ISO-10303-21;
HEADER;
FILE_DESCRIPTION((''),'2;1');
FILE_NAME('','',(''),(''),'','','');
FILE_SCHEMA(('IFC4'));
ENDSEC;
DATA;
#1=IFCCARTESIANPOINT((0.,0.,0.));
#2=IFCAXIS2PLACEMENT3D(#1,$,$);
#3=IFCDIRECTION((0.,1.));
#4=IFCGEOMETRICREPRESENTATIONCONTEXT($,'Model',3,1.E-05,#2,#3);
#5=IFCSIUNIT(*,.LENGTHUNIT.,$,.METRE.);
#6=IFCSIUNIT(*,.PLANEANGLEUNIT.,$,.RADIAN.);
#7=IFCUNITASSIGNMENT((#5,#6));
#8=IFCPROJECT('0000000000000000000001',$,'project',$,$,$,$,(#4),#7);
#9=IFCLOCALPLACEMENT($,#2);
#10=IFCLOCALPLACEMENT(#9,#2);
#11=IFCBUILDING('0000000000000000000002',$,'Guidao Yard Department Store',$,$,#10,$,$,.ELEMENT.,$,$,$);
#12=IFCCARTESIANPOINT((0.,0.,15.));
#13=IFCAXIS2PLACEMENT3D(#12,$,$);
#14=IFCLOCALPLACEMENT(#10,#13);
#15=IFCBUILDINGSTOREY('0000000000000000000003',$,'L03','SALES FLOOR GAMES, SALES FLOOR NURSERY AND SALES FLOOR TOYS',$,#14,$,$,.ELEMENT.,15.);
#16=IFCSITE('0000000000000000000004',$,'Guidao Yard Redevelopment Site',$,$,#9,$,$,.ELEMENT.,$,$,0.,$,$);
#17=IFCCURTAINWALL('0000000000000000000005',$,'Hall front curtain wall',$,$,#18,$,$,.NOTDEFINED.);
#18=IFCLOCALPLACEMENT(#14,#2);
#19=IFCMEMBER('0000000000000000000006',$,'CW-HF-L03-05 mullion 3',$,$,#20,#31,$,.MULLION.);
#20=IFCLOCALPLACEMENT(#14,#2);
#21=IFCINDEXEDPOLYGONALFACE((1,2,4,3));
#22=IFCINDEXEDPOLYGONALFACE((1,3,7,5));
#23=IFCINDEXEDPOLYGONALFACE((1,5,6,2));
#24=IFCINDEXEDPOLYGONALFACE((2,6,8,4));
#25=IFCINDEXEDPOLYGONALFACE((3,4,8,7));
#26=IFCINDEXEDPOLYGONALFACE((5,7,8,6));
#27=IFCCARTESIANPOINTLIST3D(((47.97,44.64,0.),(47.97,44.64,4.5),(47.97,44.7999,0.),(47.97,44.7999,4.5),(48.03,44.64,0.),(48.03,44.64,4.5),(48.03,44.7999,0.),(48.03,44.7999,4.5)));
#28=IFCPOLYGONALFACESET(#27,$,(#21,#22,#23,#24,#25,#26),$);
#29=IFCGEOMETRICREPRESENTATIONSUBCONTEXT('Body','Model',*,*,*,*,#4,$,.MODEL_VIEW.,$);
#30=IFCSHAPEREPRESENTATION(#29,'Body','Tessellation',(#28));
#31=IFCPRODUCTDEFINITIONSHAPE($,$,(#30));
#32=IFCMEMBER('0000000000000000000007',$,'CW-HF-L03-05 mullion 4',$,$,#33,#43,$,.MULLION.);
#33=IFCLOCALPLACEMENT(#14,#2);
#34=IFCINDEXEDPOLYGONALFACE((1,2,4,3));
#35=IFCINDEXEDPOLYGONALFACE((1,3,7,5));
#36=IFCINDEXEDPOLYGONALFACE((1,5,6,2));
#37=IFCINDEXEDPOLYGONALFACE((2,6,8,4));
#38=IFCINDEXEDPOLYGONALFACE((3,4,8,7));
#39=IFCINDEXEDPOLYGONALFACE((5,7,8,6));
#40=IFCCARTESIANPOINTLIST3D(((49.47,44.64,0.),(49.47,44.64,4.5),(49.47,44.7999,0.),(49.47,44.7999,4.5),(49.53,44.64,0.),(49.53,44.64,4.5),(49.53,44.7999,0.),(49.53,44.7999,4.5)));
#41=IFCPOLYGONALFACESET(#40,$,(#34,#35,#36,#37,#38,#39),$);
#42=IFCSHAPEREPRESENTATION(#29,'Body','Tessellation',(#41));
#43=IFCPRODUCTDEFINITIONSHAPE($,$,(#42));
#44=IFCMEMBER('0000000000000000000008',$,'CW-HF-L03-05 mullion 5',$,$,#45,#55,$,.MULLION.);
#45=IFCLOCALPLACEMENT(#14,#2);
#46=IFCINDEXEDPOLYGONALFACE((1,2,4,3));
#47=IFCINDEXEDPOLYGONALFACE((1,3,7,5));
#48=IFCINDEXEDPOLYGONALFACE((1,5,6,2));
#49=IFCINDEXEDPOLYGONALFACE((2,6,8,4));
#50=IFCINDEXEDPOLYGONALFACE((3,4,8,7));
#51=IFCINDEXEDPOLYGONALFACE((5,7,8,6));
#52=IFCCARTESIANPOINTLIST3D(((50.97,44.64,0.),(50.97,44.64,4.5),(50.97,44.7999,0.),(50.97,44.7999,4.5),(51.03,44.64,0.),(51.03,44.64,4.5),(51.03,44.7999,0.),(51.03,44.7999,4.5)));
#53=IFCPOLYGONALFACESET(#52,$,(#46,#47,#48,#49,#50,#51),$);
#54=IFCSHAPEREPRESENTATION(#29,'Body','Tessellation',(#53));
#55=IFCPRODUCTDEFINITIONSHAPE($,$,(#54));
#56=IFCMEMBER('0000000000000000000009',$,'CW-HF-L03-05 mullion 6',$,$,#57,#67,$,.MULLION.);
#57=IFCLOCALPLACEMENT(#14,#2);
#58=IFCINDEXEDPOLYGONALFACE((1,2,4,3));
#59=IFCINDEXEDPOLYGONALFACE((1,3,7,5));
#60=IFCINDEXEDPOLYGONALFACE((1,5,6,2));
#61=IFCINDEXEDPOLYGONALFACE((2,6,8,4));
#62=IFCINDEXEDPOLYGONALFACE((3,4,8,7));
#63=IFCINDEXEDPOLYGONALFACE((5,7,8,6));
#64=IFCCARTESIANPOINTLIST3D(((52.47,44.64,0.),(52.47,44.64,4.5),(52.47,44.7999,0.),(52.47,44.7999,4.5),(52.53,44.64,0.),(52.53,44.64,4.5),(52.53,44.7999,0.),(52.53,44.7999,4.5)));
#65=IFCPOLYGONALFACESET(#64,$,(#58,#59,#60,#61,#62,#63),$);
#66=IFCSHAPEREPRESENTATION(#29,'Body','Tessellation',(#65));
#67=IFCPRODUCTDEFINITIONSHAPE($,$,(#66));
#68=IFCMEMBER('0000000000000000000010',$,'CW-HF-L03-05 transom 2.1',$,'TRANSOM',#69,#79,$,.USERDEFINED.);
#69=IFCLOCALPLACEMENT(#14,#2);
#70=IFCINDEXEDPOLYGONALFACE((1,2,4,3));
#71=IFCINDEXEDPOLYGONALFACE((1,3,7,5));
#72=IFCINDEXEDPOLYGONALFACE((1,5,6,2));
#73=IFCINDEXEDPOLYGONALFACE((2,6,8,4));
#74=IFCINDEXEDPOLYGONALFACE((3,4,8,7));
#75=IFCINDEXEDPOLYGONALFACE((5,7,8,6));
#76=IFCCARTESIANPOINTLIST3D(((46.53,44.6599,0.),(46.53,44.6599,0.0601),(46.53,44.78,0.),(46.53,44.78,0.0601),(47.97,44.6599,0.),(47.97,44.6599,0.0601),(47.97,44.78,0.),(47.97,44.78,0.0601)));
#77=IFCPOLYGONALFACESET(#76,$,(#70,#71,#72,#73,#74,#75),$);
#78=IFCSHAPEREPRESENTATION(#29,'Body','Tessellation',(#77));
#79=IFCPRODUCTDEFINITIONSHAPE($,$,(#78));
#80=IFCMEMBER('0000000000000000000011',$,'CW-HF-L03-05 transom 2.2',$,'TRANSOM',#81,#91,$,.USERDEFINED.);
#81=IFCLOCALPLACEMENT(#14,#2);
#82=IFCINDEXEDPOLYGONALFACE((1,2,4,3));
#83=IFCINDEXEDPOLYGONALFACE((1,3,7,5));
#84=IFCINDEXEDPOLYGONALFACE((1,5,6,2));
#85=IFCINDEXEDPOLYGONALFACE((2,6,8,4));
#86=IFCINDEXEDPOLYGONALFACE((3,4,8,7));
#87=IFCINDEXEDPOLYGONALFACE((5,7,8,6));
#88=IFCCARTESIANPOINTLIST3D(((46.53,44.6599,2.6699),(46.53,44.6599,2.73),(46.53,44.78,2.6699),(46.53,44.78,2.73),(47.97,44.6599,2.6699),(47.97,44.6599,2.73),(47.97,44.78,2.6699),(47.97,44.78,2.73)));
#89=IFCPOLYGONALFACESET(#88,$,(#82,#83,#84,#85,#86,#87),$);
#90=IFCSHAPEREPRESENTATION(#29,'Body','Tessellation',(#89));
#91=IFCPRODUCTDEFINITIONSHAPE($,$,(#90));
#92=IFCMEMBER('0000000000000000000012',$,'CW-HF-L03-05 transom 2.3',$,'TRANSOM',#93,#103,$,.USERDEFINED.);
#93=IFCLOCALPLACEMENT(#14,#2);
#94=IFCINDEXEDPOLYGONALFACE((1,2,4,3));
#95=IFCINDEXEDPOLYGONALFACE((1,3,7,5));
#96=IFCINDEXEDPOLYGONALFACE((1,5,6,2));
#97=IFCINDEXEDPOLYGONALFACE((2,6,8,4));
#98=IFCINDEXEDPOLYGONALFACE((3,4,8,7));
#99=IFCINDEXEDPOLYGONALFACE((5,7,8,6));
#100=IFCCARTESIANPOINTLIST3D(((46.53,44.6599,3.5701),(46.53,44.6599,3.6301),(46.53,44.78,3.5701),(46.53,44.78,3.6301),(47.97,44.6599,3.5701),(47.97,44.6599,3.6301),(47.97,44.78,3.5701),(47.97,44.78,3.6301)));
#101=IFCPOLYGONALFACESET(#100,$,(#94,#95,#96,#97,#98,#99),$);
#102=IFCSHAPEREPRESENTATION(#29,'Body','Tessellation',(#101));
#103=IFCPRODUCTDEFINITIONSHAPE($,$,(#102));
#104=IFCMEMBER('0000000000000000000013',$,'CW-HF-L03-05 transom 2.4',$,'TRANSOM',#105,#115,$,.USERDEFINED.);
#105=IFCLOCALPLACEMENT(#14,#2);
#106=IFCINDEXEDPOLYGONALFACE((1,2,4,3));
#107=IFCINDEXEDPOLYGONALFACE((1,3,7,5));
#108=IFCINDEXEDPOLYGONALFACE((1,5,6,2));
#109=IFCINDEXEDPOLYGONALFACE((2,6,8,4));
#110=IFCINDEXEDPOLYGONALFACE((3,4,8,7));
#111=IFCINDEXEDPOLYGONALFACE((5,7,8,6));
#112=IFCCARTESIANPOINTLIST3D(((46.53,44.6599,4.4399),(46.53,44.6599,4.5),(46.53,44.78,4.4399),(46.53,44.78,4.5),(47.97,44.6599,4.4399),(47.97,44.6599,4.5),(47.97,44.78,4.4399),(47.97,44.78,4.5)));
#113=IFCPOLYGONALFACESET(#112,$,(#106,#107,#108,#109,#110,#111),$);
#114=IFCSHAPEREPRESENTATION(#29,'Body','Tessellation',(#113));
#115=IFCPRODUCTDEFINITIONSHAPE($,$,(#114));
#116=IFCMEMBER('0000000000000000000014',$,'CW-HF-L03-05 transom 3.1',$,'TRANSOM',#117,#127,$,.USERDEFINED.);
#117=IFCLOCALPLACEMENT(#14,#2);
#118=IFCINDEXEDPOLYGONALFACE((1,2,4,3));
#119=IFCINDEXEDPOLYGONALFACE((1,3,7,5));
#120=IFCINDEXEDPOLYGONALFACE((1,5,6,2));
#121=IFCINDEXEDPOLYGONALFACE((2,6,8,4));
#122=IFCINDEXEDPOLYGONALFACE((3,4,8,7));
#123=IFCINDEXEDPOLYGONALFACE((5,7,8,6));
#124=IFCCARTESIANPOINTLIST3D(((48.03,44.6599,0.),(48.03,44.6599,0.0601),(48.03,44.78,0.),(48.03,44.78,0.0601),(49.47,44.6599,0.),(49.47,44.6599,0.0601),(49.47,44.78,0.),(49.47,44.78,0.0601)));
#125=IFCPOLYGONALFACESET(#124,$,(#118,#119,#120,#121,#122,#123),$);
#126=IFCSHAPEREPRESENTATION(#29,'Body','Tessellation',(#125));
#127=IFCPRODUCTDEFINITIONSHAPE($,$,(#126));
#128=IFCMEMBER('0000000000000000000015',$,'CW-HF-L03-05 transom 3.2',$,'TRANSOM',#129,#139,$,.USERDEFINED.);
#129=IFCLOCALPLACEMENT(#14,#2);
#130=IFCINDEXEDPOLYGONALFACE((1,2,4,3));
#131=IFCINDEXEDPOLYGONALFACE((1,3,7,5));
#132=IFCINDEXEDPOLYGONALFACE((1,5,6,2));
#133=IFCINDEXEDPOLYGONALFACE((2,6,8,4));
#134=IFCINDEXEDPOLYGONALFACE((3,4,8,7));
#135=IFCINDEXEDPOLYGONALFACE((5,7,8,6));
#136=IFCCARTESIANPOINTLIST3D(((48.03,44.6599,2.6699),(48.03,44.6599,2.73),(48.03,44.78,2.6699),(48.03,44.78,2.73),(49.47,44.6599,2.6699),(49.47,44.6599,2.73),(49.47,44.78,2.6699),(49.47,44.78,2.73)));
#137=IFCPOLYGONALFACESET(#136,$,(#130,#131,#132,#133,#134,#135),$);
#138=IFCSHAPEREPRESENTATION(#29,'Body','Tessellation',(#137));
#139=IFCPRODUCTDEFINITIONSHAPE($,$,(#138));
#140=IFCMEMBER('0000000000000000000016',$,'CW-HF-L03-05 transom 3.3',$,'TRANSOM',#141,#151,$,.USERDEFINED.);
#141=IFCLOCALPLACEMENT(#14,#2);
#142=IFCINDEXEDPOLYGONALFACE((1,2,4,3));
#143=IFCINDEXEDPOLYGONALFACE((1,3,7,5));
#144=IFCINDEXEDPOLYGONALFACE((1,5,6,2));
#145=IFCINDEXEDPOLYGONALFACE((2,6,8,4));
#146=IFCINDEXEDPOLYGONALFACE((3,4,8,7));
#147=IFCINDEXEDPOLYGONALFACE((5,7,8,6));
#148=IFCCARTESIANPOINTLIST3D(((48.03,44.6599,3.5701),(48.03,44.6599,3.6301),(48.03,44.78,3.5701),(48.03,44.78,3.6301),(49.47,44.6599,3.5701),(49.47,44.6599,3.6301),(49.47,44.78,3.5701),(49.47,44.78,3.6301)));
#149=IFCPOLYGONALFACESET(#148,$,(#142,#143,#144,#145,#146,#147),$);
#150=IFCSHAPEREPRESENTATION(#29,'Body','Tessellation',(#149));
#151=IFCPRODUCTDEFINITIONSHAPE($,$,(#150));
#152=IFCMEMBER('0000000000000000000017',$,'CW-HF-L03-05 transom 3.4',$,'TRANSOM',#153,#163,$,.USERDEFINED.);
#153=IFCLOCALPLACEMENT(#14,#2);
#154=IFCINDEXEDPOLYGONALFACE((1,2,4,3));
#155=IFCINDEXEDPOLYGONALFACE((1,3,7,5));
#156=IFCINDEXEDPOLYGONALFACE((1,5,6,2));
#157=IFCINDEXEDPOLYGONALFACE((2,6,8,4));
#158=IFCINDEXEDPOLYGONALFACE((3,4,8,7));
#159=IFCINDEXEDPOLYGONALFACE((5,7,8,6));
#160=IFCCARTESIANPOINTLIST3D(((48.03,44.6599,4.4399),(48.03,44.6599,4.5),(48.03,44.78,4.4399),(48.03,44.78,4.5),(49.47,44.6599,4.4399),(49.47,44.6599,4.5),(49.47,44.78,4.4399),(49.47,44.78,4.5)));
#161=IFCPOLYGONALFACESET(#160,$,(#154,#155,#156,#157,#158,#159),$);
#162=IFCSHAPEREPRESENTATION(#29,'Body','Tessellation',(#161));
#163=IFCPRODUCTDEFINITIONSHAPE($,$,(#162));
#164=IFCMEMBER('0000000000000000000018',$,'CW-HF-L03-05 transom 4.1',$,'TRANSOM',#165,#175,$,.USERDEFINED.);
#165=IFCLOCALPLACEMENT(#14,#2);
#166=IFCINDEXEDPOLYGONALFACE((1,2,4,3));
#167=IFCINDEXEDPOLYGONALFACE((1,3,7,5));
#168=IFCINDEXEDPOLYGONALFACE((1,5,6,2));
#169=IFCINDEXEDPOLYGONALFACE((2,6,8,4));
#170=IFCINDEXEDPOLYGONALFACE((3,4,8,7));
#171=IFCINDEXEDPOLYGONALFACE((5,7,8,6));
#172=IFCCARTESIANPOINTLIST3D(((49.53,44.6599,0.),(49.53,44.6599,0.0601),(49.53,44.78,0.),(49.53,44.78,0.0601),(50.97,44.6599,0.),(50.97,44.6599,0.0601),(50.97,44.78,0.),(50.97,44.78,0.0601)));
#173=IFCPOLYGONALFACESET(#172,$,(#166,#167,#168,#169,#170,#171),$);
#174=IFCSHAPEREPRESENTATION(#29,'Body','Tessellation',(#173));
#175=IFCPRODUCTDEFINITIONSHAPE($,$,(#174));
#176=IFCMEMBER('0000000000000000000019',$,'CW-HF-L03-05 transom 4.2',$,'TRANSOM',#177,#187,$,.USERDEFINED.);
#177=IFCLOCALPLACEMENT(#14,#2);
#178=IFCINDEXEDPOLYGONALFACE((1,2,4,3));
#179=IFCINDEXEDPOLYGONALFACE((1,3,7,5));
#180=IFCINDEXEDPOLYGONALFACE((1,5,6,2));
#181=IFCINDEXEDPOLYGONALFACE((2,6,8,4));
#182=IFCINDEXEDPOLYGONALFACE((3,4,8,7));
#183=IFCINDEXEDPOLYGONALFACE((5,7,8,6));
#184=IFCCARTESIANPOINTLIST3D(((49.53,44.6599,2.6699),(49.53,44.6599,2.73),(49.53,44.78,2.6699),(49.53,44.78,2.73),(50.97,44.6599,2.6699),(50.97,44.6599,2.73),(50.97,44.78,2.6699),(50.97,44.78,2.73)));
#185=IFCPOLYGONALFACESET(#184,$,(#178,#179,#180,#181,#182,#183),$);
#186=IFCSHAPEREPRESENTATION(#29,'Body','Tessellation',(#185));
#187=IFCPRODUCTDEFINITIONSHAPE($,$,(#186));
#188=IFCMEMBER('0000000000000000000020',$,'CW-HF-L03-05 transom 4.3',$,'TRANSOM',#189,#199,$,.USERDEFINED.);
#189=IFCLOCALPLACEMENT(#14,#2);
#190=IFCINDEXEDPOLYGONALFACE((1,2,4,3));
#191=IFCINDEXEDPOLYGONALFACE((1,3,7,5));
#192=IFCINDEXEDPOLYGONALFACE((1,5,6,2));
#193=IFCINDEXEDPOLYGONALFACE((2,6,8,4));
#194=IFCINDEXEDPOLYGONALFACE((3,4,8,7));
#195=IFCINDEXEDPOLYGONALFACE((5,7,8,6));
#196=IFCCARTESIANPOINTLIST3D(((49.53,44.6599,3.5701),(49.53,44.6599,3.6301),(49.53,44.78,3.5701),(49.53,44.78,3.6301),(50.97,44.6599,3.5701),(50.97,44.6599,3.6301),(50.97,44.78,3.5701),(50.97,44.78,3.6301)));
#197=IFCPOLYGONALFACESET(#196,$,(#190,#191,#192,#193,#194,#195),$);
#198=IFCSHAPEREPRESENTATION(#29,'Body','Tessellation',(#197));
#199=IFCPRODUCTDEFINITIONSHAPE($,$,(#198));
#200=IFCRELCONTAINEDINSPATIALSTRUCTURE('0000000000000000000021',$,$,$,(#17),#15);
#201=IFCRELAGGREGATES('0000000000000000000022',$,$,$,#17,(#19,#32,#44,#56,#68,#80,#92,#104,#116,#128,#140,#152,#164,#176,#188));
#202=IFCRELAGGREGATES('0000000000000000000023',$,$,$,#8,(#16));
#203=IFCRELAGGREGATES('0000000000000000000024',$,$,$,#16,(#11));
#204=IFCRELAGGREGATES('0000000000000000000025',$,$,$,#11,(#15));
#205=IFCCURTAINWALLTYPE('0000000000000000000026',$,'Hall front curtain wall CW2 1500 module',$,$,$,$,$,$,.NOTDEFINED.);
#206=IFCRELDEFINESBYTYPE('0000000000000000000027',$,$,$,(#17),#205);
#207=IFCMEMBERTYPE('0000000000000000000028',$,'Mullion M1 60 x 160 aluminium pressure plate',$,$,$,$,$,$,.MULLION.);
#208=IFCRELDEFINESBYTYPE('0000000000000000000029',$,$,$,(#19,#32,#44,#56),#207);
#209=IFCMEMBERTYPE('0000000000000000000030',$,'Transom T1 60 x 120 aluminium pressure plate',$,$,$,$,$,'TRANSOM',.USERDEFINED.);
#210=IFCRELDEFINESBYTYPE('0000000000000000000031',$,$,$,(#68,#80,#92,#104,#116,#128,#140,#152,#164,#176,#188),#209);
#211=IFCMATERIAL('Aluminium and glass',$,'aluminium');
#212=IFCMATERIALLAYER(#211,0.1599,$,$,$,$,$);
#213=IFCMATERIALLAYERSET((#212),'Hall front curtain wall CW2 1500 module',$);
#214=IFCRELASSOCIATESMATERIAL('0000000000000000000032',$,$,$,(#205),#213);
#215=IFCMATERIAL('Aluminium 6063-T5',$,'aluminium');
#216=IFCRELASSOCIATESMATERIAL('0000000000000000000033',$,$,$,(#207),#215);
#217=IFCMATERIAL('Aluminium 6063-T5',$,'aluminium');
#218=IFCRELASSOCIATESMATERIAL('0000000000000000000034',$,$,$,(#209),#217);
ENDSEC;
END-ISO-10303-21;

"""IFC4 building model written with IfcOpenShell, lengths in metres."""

from ifc_helpers import new_model, si_unit, direction, frame, origin, origin_2d, place, context, subcontext, project, spatial, rectangle, extrude, material, layer, layer_set, material_profile, profile_set, type_object, element, aggregate, save


model = new_model("IFC4")

# Units and contexts
model_context = context("Model", 3, precision=1e-05, world=origin(), true_north=direction((0.0, 1.0)))
body_context = subcontext(model_context, "Body", "Model", "MODEL_VIEW")
ifc_project = project(units=[si_unit("LENGTHUNIT", "METRE"), si_unit("PLANEANGLEUNIT", "RADIAN")], contexts=[model_context])

# Site, building, storey
site_placement = place(None, origin())
site = spatial("IfcSite", under=ifc_project, at=site_placement, Name="Guidao Yard Redevelopment Site", CompositionType="ELEMENT", RefElevation=0.0)
building_placement = place(site_placement, origin())
building = spatial("IfcBuilding", under=site, at=building_placement, Name="Guidao Yard Department Store", CompositionType="ELEMENT")
storey_placement = place(building_placement, frame((0.0, 0.0, 15.0)))
storey = spatial("IfcBuildingStorey", under=building, at=storey_placement, Name="L03", Description="SALES FLOOR GAMES, SALES FLOOR NURSERY AND SALES FLOOR TOYS", CompositionType="ELEMENT", Elevation=15.0)

# Curtain wall, members
ifc_material_1 = material(Name="Aluminium and glass", Category="aluminium")
ifc_layer_1 = layer(ifc_material_1, 0.1599)
ifc_layer_set_1 = layer_set([ifc_layer_1], Name="Hall front curtain wall CW2 1500 module")
curtain_wall_type = type_object("IfcCurtainWallType", Name="Hall front curtain wall CW2 1500 module", PredefinedType="NOTDEFINED", material=ifc_layer_set_1)
curtain_wall_placement = place(storey_placement, origin())
curtain_wall = element("IfcCurtainWall", 1, at=curtain_wall_placement, inside=storey, type_object=curtain_wall_type, Name="Hall front curtain wall", PredefinedType="NOTDEFINED")
ifc_material_2 = material(Name="Aluminium 6063-T5", Category="aluminium")
ifc_material_profile_1 = material_profile(ifc_material_2, rectangle(XDim=0.0601, YDim=0.1599, at=origin_2d()), Name="Mullion M1 60 x 160 aluminium pressure plate")
ifc_profile_set_1 = profile_set([ifc_material_profile_1], Name="Aluminium 6063-T5")
member_type_1 = type_object("IfcMemberType", Name="Mullion M1 60 x 160 aluminium pressure plate", PredefinedType="MULLION", material=ifc_profile_set_1)
member_1_placement = place(storey_placement, frame((48.0, 44.72, 0.0), z_axis=(0.0, 0.0, 1.0), x_axis=(-1.0, 0.0, 0.0)))
member_1 = element("IfcMember", 2, at=member_1_placement, type_object=member_type_1, Name="CW-HF-L03-05 mullion 3", PredefinedType="MULLION", context=body_context, shape_type="SweptSolid", body=[
    extrude(rectangle(XDim=0.0601, YDim=0.1599, at=origin_2d()), origin(), (0.0, 0.0, 1.0), 4.5),
])
member_2_placement = place(storey_placement, frame((49.5, 44.72, 0.0), z_axis=(0.0, 0.0, 1.0), x_axis=(-1.0, 0.0, 0.0)))
member_2 = element("IfcMember", 3, at=member_2_placement, type_object=member_type_1, Name="CW-HF-L03-05 mullion 4", PredefinedType="MULLION", context=body_context, shape_type="SweptSolid", body=[
    extrude(rectangle(XDim=0.0601, YDim=0.1599, at=origin_2d()), origin(), (0.0, 0.0, 1.0), 4.5),
])
member_3_placement = place(storey_placement, frame((51.0, 44.72, 0.0), z_axis=(0.0, 0.0, 1.0), x_axis=(-1.0, 0.0, 0.0)))
member_3 = element("IfcMember", 4, at=member_3_placement, type_object=member_type_1, Name="CW-HF-L03-05 mullion 5", PredefinedType="MULLION", context=body_context, shape_type="SweptSolid", body=[
    extrude(rectangle(XDim=0.0601, YDim=0.1599, at=origin_2d()), origin(), (0.0, 0.0, 1.0), 4.5),
])
member_4_placement = place(storey_placement, frame((52.5, 44.72, 0.0), z_axis=(0.0, 0.0, 1.0), x_axis=(-1.0, 0.0, 0.0)))
member_4 = element("IfcMember", 5, at=member_4_placement, type_object=member_type_1, Name="CW-HF-L03-05 mullion 6", PredefinedType="MULLION", context=body_context, shape_type="SweptSolid", body=[
    extrude(rectangle(XDim=0.0601, YDim=0.1599, at=origin_2d()), origin(), (0.0, 0.0, 1.0), 4.5),
])
ifc_material_3 = material(Name="Aluminium 6063-T5", Category="aluminium")
ifc_material_profile_2 = material_profile(ifc_material_3, rectangle(XDim=0.1201, YDim=0.0601, at=origin_2d()), Name="Transom T1 60 x 120 aluminium pressure plate")
ifc_profile_set_2 = profile_set([ifc_material_profile_2], Name="Aluminium 6063-T5")
member_type_2 = type_object("IfcMemberType", Name="Transom T1 60 x 120 aluminium pressure plate", ElementType="TRANSOM", PredefinedType="USERDEFINED", material=ifc_profile_set_2)
member_5_placement = place(storey_placement, frame((47.97, 44.72, 0.03), z_axis=(-1.0, 0.0, 0.0), x_axis=(0.0, -1.0, 0.0)))
member_5 = element("IfcMember", 6, at=member_5_placement, type_object=member_type_2, Name="CW-HF-L03-05 transom 2.1", ObjectType="TRANSOM", PredefinedType="USERDEFINED", context=body_context, shape_type="SweptSolid", body=[
    extrude(rectangle(XDim=0.1201, YDim=0.0601, at=origin_2d()), origin(), (0.0, 0.0, 1.0), 1.4399),
])
member_6_placement = place(storey_placement, frame((47.97, 44.72, 2.7), z_axis=(-1.0, 0.0, 0.0), x_axis=(0.0, -1.0, 0.0)))
member_6 = element("IfcMember", 7, at=member_6_placement, type_object=member_type_2, Name="CW-HF-L03-05 transom 2.2", ObjectType="TRANSOM", PredefinedType="USERDEFINED", context=body_context, shape_type="SweptSolid", body=[
    extrude(rectangle(XDim=0.1201, YDim=0.0601, at=origin_2d()), origin(), (0.0, 0.0, 1.0), 1.4399),
])
member_7_placement = place(storey_placement, frame((47.97, 44.72, 3.6001), z_axis=(-1.0, 0.0, 0.0), x_axis=(0.0, -1.0, 0.0)))
member_7 = element("IfcMember", 8, at=member_7_placement, type_object=member_type_2, Name="CW-HF-L03-05 transom 2.3", ObjectType="TRANSOM", PredefinedType="USERDEFINED", context=body_context, shape_type="SweptSolid", body=[
    extrude(rectangle(XDim=0.1201, YDim=0.0601, at=origin_2d()), origin(), (0.0, 0.0, 1.0), 1.4399),
])
member_8_placement = place(storey_placement, frame((47.97, 44.72, 4.47), z_axis=(-1.0, 0.0, 0.0), x_axis=(0.0, -1.0, 0.0)))
member_8 = element("IfcMember", 9, at=member_8_placement, type_object=member_type_2, Name="CW-HF-L03-05 transom 2.4", ObjectType="TRANSOM", PredefinedType="USERDEFINED", context=body_context, shape_type="SweptSolid", body=[
    extrude(rectangle(XDim=0.1201, YDim=0.0601, at=origin_2d()), origin(), (0.0, 0.0, 1.0), 1.4399),
])
member_9_placement = place(storey_placement, frame((49.47, 44.72, 0.03), z_axis=(-1.0, 0.0, 0.0), x_axis=(0.0, -1.0, 0.0)))
member_9 = element("IfcMember", 10, at=member_9_placement, type_object=member_type_2, Name="CW-HF-L03-05 transom 3.1", ObjectType="TRANSOM", PredefinedType="USERDEFINED", context=body_context, shape_type="SweptSolid", body=[
    extrude(rectangle(XDim=0.1201, YDim=0.0601, at=origin_2d()), origin(), (0.0, 0.0, 1.0), 1.4399),
])
member_10_placement = place(storey_placement, frame((49.47, 44.72, 2.7), z_axis=(-1.0, 0.0, 0.0), x_axis=(0.0, -1.0, 0.0)))
member_10 = element("IfcMember", 11, at=member_10_placement, type_object=member_type_2, Name="CW-HF-L03-05 transom 3.2", ObjectType="TRANSOM", PredefinedType="USERDEFINED", context=body_context, shape_type="SweptSolid", body=[
    extrude(rectangle(XDim=0.1201, YDim=0.0601, at=origin_2d()), origin(), (0.0, 0.0, 1.0), 1.4399),
])
member_11_placement = place(storey_placement, frame((49.47, 44.72, 3.6001), z_axis=(-1.0, 0.0, 0.0), x_axis=(0.0, -1.0, 0.0)))
member_11 = element("IfcMember", 12, at=member_11_placement, type_object=member_type_2, Name="CW-HF-L03-05 transom 3.3", ObjectType="TRANSOM", PredefinedType="USERDEFINED", context=body_context, shape_type="SweptSolid", body=[
    extrude(rectangle(XDim=0.1201, YDim=0.0601, at=origin_2d()), origin(), (0.0, 0.0, 1.0), 1.4399),
])
member_12_placement = place(storey_placement, frame((49.47, 44.72, 4.47), z_axis=(-1.0, 0.0, 0.0), x_axis=(0.0, -1.0, 0.0)))
member_12 = element("IfcMember", 13, at=member_12_placement, type_object=member_type_2, Name="CW-HF-L03-05 transom 3.4", ObjectType="TRANSOM", PredefinedType="USERDEFINED", context=body_context, shape_type="SweptSolid", body=[
    extrude(rectangle(XDim=0.1201, YDim=0.0601, at=origin_2d()), origin(), (0.0, 0.0, 1.0), 1.4399),
])
member_13_placement = place(storey_placement, frame((50.97, 44.72, 0.03), z_axis=(-1.0, 0.0, 0.0), x_axis=(0.0, -1.0, 0.0)))
member_13 = element("IfcMember", 14, at=member_13_placement, type_object=member_type_2, Name="CW-HF-L03-05 transom 4.1", ObjectType="TRANSOM", PredefinedType="USERDEFINED", context=body_context, shape_type="SweptSolid", body=[
    extrude(rectangle(XDim=0.1201, YDim=0.0601, at=origin_2d()), origin(), (0.0, 0.0, 1.0), 1.4399),
])
member_14_placement = place(storey_placement, frame((50.97, 44.72, 2.7), z_axis=(-1.0, 0.0, 0.0), x_axis=(0.0, -1.0, 0.0)))
member_14 = element("IfcMember", 15, at=member_14_placement, type_object=member_type_2, Name="CW-HF-L03-05 transom 4.2", ObjectType="TRANSOM", PredefinedType="USERDEFINED", context=body_context, shape_type="SweptSolid", body=[
    extrude(rectangle(XDim=0.1201, YDim=0.0601, at=origin_2d()), origin(), (0.0, 0.0, 1.0), 1.4399),
])
member_15_placement = place(storey_placement, frame((50.97, 44.72, 3.6001), z_axis=(-1.0, 0.0, 0.0), x_axis=(0.0, -1.0, 0.0)))
member_15 = element("IfcMember", 16, at=member_15_placement, type_object=member_type_2, Name="CW-HF-L03-05 transom 4.3", ObjectType="TRANSOM", PredefinedType="USERDEFINED", context=body_context, shape_type="SweptSolid", body=[
    extrude(rectangle(XDim=0.1201, YDim=0.0601, at=origin_2d()), origin(), (0.0, 0.0, 1.0), 1.4399),
])
aggregate(curtain_wall, [member_1, member_2, member_3, member_4, member_5, member_6, member_7, member_8, member_9, member_10, member_11, member_12, member_13, member_14, member_15])

save(model, "model.ifc")
